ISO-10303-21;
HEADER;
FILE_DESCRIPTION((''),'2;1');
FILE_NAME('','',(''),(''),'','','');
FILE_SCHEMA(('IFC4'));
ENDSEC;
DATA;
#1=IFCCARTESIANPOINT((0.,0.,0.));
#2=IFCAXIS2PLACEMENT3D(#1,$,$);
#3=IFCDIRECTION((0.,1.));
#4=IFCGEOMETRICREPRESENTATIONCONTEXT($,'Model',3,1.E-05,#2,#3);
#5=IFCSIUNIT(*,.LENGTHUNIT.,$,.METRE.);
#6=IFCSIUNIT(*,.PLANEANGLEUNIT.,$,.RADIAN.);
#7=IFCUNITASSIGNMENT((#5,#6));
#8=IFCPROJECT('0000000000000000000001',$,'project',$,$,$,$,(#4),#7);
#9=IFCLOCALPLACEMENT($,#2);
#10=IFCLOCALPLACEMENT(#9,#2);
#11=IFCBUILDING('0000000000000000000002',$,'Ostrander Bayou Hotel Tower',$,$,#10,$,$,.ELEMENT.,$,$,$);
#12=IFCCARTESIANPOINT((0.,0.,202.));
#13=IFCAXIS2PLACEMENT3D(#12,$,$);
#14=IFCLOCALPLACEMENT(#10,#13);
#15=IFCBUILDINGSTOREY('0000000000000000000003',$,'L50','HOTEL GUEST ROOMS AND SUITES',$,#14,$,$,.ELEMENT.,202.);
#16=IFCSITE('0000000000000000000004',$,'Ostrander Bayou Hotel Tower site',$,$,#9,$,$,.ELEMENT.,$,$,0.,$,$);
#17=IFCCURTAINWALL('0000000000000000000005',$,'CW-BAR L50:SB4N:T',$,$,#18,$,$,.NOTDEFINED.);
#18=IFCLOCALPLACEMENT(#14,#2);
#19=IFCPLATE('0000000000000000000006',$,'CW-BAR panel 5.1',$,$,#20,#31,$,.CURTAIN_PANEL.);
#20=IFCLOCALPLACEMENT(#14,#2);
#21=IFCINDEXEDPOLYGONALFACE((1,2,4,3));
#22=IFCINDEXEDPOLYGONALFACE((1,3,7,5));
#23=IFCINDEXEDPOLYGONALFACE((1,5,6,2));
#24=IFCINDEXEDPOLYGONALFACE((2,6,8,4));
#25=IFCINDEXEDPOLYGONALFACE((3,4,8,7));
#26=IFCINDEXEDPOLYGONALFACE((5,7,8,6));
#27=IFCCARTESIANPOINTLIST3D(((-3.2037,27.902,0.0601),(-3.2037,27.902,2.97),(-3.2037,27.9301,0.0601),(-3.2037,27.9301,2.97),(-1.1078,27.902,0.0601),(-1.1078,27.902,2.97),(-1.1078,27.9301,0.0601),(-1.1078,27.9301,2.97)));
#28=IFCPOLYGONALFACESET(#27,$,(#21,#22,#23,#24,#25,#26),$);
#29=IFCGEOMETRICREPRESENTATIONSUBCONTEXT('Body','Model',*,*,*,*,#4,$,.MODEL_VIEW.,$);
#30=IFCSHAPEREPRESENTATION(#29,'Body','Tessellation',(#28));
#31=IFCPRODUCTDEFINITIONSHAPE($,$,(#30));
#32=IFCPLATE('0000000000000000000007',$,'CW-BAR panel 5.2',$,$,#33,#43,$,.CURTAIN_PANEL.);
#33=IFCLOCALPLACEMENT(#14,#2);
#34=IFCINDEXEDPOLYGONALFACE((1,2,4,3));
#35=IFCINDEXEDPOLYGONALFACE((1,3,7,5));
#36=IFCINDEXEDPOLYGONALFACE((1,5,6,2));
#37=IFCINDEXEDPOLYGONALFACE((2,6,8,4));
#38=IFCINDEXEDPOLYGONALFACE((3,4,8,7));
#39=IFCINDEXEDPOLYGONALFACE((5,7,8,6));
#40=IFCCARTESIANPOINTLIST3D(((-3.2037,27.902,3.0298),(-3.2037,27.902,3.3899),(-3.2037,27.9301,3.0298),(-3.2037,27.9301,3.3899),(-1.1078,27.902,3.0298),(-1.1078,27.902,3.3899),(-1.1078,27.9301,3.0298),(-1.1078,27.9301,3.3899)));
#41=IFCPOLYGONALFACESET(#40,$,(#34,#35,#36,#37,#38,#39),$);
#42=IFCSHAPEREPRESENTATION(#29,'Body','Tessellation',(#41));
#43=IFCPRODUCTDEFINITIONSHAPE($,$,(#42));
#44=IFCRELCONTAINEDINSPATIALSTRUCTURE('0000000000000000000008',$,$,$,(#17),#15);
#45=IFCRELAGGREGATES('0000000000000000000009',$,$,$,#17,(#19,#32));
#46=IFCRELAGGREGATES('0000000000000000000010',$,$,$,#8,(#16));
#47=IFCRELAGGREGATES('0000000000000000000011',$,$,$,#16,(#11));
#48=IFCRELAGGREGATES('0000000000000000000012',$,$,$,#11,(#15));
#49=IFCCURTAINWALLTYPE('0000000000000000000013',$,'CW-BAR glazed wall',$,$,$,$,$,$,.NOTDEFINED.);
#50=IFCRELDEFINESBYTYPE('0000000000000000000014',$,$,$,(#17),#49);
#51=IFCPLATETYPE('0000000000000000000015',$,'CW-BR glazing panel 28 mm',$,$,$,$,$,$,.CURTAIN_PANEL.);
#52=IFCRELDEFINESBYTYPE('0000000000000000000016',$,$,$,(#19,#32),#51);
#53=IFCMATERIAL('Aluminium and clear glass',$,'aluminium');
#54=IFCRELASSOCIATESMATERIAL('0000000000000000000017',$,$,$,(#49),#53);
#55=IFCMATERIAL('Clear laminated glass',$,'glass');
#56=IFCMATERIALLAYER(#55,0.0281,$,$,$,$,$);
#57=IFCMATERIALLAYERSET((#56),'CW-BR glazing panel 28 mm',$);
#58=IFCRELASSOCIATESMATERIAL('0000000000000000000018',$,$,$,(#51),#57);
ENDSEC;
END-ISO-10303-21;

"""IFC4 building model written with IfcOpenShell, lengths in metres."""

from ifc_helpers import new_model, si_unit, direction, frame, origin, origin_2d, place, context, subcontext, project, spatial, rectangle, extrude, material, layer, layer_set, type_object, element, aggregate, save


model = new_model("IFC4")

# Units and contexts
model_context = context("Model", 3, precision=1e-05, world=origin(), true_north=direction((0.0, 1.0)))
body_context = subcontext(model_context, "Body", "Model", "MODEL_VIEW")
ifc_project = project(units=[si_unit("LENGTHUNIT", "METRE"), si_unit("PLANEANGLEUNIT", "RADIAN")], contexts=[model_context])

# Site, building, storey
site_placement = place(None, origin())
site = spatial("IfcSite", under=ifc_project, at=site_placement, Name="Ostrander Bayou Hotel Tower site", CompositionType="ELEMENT", RefElevation=0.0)
building_placement = place(site_placement, origin())
building = spatial("IfcBuilding", under=site, at=building_placement, Name="Ostrander Bayou Hotel Tower", CompositionType="ELEMENT")
storey_placement = place(building_placement, frame((0.0, 0.0, 202.0)))
storey = spatial("IfcBuildingStorey", under=building, at=storey_placement, Name="L50", Description="HOTEL GUEST ROOMS AND SUITES", CompositionType="ELEMENT", Elevation=202.0)

# Curtain wall, plates
ifc_material_1 = material(Name="Aluminium and clear glass", Category="aluminium")
curtain_wall_type = type_object("IfcCurtainWallType", Name="CW-BAR glazed wall", PredefinedType="NOTDEFINED", material=ifc_material_1)
curtain_wall_placement = place(storey_placement, origin())
curtain_wall = element("IfcCurtainWall", 1, at=curtain_wall_placement, inside=storey, type_object=curtain_wall_type, Name="CW-BAR L50:SB4N:T", PredefinedType="NOTDEFINED")
ifc_material_2 = material(Name="Clear laminated glass", Category="glass")
ifc_layer = layer(ifc_material_2, 0.0281)
ifc_layer_set = layer_set([ifc_layer], Name="CW-BR glazing panel 28 mm")
plate_type = type_object("IfcPlateType", Name="CW-BR glazing panel 28 mm", PredefinedType="CURTAIN_PANEL", material=ifc_layer_set)
plate_1_placement = place(storey_placement, frame((-2.1558, 27.916, 0.0601), z_axis=(0.0, 0.0, 1.0), x_axis=(1.0, 0.0, 0.0)))
plate_1 = element("IfcPlate", 2, at=plate_1_placement, type_object=plate_type, Name="CW-BAR panel 5.1", PredefinedType="CURTAIN_PANEL", context=body_context, shape_type="SweptSolid", body=[
    extrude(rectangle(XDim=2.0959, YDim=0.0281, at=origin_2d()), origin(), (0.0, 0.0, 1.0), 2.9099),
])
plate_2_placement = place(storey_placement, frame((-2.1558, 27.916, 3.0298), z_axis=(0.0, 0.0, 1.0), x_axis=(1.0, 0.0, 0.0)))
plate_2 = element("IfcPlate", 3, at=plate_2_placement, type_object=plate_type, Name="CW-BAR panel 5.2", PredefinedType="CURTAIN_PANEL", context=body_context, shape_type="SweptSolid", body=[
    extrude(rectangle(XDim=2.0959, YDim=0.0281, at=origin_2d()), origin(), (0.0, 0.0, 1.0), 0.3601),
])
aggregate(curtain_wall, [plate_1, plate_2])

save(model, "model.ifc")
